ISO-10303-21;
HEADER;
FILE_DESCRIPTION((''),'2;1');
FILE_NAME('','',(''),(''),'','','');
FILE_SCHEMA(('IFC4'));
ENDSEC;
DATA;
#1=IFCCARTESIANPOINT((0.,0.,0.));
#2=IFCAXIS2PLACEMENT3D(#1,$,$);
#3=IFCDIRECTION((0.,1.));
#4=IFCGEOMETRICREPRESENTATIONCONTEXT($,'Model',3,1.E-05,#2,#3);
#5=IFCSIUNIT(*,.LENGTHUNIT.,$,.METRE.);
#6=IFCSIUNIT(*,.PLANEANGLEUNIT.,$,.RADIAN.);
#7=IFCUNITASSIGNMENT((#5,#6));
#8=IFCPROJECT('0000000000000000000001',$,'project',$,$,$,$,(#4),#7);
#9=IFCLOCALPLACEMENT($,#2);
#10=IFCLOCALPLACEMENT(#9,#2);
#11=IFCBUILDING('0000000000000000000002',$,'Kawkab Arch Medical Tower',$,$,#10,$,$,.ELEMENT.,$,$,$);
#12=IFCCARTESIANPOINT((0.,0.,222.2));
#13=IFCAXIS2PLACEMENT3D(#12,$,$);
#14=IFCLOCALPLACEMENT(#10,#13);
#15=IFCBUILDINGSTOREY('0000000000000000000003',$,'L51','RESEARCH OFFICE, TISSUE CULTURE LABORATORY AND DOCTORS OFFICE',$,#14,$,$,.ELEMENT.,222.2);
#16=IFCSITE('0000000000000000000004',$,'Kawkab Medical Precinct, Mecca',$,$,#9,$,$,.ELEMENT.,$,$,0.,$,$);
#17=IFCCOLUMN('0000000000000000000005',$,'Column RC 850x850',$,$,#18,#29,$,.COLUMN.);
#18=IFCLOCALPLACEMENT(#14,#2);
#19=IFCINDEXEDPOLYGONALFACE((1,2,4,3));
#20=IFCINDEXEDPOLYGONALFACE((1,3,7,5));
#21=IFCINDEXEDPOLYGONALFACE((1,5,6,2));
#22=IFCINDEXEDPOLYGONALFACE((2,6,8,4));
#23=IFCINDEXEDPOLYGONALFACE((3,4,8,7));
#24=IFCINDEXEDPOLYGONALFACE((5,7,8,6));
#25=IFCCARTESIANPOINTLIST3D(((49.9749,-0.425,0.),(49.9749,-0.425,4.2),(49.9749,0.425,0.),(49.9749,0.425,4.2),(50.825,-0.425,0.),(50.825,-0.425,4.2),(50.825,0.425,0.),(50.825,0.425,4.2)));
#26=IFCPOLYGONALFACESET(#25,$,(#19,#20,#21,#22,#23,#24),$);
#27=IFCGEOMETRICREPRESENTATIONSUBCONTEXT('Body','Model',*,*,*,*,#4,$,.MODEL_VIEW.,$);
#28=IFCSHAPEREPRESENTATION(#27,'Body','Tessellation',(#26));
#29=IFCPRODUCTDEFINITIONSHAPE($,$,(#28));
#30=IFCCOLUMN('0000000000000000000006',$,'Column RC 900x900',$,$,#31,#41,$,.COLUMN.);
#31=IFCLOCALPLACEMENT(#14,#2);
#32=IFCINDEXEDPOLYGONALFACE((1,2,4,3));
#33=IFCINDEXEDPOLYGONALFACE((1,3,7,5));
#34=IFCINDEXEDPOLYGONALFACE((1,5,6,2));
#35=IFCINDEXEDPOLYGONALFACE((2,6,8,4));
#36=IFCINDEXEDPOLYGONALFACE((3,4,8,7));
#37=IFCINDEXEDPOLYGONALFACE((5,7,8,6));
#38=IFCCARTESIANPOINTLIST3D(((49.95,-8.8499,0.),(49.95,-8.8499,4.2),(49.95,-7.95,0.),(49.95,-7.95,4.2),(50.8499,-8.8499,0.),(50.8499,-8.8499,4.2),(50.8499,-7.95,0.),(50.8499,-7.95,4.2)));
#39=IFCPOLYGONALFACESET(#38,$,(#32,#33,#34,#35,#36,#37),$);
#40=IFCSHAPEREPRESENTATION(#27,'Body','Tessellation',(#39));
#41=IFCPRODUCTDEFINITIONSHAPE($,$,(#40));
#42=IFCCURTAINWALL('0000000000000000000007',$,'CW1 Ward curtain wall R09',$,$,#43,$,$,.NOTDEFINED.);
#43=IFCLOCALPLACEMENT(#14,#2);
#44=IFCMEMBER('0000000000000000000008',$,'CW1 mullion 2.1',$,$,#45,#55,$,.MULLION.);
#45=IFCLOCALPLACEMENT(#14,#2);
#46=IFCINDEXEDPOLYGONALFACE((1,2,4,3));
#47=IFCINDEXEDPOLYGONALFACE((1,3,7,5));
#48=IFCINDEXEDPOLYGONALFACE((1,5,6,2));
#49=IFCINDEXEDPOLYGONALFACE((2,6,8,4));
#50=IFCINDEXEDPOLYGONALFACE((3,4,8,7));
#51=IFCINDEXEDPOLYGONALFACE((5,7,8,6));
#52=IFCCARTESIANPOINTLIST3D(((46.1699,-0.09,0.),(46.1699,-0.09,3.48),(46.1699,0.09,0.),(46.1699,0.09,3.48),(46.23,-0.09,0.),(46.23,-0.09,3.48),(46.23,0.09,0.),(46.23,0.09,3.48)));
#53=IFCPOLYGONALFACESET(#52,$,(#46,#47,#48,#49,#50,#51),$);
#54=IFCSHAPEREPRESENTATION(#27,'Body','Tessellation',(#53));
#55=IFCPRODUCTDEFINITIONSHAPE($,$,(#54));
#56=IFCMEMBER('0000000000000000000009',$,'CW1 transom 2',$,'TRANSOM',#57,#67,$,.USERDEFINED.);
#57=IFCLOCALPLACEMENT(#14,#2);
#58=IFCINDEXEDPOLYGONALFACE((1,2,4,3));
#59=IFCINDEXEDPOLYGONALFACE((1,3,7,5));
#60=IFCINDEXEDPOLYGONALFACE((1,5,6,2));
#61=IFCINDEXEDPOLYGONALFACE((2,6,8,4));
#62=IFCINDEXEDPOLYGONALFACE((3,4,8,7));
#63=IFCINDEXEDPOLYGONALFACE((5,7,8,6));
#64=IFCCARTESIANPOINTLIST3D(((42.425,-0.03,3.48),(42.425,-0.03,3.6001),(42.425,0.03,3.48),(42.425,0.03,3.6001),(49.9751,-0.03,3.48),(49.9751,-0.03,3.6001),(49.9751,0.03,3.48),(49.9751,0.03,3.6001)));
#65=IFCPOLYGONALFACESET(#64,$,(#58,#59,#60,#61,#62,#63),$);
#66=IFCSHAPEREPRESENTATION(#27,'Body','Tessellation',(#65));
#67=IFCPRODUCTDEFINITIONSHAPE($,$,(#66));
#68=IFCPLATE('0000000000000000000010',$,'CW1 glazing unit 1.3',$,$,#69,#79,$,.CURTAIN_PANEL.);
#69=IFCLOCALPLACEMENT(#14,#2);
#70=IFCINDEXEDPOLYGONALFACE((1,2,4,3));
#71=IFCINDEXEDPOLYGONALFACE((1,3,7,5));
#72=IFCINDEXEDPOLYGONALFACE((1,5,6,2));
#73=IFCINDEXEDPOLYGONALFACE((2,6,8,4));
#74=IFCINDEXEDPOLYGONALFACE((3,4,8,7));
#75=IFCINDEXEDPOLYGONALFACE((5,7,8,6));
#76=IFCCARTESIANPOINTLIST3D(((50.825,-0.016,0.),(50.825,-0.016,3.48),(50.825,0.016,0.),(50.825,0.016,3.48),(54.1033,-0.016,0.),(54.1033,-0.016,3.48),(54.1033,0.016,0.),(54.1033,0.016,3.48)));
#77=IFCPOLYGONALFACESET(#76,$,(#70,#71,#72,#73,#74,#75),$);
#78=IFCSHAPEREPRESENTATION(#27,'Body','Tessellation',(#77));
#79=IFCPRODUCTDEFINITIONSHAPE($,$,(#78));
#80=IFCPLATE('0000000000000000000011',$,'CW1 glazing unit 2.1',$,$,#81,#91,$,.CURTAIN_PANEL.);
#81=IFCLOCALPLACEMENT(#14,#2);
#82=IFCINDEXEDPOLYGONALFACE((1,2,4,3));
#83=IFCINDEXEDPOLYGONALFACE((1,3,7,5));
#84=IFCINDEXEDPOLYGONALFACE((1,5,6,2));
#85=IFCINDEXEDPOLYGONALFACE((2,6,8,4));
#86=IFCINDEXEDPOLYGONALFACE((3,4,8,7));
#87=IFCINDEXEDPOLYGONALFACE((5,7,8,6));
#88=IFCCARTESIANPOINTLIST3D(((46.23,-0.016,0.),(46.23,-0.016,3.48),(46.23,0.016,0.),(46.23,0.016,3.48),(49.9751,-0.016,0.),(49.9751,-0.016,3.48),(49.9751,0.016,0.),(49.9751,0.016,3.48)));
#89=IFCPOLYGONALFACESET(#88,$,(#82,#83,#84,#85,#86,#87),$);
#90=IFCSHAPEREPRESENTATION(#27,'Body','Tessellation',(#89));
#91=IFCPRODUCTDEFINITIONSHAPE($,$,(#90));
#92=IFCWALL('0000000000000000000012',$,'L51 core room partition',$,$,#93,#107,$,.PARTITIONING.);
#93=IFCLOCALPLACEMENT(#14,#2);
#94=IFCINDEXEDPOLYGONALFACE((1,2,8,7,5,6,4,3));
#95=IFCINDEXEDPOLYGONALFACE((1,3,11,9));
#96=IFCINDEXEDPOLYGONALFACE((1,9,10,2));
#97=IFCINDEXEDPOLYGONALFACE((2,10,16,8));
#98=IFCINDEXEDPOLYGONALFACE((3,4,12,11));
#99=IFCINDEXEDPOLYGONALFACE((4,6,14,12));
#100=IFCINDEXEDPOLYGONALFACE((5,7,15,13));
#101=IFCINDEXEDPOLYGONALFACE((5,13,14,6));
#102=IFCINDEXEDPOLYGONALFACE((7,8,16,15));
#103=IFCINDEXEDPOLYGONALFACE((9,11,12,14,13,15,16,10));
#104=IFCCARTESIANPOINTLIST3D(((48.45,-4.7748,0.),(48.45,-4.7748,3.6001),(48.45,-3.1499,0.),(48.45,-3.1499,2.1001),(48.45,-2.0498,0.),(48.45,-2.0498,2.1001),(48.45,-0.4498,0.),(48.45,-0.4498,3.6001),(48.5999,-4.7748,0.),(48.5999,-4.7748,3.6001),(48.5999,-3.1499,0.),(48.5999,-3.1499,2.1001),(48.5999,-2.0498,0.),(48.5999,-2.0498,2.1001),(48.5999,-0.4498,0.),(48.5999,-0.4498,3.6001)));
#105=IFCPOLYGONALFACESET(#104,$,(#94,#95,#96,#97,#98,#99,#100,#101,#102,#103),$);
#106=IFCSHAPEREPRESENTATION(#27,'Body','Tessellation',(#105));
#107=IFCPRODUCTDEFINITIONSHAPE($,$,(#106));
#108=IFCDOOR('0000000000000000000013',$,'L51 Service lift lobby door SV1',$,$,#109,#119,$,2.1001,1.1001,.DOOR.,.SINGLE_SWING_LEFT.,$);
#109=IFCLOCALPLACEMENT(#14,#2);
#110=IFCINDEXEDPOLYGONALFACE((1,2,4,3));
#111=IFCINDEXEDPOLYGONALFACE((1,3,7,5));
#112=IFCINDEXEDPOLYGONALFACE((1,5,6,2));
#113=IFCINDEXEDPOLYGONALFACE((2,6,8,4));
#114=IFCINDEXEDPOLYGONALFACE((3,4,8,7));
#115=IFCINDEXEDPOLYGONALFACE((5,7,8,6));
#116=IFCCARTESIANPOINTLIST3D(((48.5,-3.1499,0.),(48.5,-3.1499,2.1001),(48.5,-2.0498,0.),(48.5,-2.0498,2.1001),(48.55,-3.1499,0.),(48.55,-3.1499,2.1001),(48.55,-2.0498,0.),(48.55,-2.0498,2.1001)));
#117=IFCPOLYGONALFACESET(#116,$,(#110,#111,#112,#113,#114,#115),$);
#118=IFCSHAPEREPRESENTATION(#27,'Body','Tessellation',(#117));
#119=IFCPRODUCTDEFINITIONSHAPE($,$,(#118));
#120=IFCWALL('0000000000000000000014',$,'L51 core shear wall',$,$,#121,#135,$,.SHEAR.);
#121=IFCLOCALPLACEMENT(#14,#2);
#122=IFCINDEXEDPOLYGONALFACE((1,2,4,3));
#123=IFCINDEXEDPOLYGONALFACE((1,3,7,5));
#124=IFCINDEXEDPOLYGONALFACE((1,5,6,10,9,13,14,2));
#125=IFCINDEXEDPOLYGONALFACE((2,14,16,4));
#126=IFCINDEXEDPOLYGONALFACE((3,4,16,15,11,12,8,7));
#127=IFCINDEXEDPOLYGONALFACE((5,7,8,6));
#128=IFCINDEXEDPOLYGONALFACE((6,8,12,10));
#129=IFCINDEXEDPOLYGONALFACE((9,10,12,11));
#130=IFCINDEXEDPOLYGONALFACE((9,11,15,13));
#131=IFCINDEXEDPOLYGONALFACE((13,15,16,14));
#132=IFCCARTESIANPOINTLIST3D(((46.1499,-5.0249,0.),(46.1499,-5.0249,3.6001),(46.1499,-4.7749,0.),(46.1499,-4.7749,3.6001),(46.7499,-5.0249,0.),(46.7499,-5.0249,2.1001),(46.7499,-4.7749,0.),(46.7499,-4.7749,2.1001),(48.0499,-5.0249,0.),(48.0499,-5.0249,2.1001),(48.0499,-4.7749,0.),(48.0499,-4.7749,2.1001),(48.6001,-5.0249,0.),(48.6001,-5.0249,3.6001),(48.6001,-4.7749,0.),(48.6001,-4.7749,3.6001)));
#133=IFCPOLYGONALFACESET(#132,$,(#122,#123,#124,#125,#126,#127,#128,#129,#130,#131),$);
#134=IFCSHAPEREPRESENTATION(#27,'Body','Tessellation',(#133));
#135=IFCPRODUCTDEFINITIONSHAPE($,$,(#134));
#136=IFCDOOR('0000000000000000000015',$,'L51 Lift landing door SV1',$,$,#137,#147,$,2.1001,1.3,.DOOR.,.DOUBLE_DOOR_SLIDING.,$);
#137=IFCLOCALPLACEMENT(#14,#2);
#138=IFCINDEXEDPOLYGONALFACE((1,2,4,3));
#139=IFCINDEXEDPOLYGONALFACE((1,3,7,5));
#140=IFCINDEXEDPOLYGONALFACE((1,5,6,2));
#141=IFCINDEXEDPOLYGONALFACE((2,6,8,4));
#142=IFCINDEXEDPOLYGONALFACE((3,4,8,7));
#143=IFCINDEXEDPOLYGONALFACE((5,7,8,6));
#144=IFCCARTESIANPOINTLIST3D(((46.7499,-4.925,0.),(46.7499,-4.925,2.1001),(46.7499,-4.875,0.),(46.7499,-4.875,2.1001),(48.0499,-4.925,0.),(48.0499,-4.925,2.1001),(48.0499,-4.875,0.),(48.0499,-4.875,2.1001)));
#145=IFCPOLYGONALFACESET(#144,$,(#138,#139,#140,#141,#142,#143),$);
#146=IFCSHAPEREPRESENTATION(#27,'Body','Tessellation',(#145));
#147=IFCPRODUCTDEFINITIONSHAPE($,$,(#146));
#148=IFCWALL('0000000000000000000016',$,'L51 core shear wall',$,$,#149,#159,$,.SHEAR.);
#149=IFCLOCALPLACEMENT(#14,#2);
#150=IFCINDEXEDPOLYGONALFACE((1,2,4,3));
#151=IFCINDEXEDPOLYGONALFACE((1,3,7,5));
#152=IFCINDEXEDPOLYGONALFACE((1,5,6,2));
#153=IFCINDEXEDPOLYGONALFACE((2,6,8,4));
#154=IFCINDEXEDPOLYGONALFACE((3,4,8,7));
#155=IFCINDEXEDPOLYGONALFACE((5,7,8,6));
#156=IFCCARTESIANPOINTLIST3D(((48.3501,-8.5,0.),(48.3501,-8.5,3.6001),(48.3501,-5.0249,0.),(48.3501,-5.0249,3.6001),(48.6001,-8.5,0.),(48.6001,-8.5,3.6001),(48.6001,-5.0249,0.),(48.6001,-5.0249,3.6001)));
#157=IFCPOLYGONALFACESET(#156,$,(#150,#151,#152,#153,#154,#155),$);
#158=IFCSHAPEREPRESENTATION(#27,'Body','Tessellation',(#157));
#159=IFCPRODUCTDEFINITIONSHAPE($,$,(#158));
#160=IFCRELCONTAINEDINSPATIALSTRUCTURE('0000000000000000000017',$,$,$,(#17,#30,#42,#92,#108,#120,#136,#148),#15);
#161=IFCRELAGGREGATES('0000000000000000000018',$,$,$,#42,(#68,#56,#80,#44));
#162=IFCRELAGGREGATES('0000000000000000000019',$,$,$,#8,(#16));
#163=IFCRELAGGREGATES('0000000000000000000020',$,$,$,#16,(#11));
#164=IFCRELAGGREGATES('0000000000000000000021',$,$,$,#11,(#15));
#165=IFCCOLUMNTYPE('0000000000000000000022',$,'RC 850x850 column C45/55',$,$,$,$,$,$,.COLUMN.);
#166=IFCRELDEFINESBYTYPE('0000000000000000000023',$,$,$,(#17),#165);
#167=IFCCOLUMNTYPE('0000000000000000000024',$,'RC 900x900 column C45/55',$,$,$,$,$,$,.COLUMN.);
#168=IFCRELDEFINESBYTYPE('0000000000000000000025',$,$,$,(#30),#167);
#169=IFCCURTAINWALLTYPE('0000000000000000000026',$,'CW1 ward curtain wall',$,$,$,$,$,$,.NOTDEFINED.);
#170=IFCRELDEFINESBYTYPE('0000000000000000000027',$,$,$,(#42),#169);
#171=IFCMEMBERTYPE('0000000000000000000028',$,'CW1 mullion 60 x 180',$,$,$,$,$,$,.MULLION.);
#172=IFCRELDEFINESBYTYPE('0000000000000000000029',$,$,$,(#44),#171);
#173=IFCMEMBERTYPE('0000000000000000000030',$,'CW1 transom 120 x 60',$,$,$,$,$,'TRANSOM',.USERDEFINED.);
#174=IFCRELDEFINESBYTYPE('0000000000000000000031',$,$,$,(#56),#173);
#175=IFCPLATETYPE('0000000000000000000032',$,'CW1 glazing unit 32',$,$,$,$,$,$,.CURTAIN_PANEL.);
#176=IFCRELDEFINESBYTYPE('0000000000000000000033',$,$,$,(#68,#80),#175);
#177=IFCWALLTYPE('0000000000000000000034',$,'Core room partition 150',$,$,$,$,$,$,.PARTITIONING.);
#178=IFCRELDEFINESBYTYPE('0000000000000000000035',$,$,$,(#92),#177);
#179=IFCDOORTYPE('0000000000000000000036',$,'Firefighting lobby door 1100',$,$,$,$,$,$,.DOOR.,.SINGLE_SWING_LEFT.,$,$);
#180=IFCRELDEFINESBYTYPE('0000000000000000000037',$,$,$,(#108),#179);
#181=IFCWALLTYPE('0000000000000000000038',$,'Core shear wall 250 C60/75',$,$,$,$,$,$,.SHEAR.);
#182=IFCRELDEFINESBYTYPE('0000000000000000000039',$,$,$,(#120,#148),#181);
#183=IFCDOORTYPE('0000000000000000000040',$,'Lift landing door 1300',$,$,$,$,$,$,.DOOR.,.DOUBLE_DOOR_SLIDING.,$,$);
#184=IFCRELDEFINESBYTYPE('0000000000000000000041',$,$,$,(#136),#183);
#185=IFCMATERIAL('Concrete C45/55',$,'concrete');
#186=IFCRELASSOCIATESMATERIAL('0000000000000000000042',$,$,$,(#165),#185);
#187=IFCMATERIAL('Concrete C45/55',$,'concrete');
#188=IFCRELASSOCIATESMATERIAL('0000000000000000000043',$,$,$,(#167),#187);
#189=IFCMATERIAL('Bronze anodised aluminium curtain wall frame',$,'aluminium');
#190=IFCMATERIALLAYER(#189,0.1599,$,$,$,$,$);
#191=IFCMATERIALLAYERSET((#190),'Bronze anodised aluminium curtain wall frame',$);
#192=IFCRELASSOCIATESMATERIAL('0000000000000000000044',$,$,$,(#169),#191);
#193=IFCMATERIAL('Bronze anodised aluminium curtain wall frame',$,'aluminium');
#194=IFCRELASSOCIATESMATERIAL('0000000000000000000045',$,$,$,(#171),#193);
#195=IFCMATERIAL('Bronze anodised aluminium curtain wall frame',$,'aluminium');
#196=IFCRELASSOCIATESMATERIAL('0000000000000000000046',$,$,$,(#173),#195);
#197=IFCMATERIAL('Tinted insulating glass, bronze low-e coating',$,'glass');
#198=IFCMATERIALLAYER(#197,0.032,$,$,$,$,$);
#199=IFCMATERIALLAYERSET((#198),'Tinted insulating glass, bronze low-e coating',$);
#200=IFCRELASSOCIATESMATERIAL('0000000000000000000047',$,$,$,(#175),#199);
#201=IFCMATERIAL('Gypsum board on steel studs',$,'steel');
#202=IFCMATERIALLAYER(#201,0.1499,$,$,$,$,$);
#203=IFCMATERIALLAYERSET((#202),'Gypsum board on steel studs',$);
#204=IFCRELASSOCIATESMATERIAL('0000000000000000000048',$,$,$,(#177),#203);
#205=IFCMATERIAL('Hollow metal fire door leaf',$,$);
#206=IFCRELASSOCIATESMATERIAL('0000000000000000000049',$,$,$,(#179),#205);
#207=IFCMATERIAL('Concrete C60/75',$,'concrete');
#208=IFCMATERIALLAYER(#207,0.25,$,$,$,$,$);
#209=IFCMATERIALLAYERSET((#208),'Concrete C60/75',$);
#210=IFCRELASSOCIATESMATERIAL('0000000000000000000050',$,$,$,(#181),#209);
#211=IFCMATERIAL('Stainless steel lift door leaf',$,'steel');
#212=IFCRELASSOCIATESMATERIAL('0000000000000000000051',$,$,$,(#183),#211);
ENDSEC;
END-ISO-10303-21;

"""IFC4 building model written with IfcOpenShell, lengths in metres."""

from ifc_helpers import new_model, si_unit, direction, frame, frame_2d, origin, origin_2d, place, context, subcontext, project, spatial, rectangle, extrude, material, layer, layer_set, material_profile, profile_set, type_object, element, fill, aggregate, save


model = new_model("IFC4")

# Units and contexts
model_context = context("Model", 3, precision=1e-05, world=origin(), true_north=direction((0.0, 1.0)))
body_context = subcontext(model_context, "Body", "Model", "MODEL_VIEW")
ifc_project = project(units=[si_unit("LENGTHUNIT", "METRE"), si_unit("PLANEANGLEUNIT", "RADIAN")], contexts=[model_context])

# Site, building, storey
site_placement = place(None, origin())
site = spatial("IfcSite", under=ifc_project, at=site_placement, Name="Kawkab Medical Precinct, Mecca", CompositionType="ELEMENT", RefElevation=0.0)
building_placement = place(site_placement, origin())
building = spatial("IfcBuilding", under=site, at=building_placement, Name="Kawkab Arch Medical Tower", CompositionType="ELEMENT")
storey_placement = place(building_placement, frame((0.0, 0.0, 222.2)))
storey = spatial("IfcBuildingStorey", under=building, at=storey_placement, Name="L51", Description="RESEARCH OFFICE, TISSUE CULTURE LABORATORY AND DOCTORS OFFICE", CompositionType="ELEMENT", Elevation=222.2)

# Columns
ifc_material_1 = material(Name="Concrete C45/55", Category="concrete")
ifc_material_profile_1 = material_profile(ifc_material_1, rectangle(XDim=0.8501, YDim=0.8501, at=origin_2d()), Name="RC 850x850")
ifc_profile_set_1 = profile_set([ifc_material_profile_1], Name="Concrete C45/55")
column_type_1 = type_object("IfcColumnType", Name="RC 850x850 column C45/55", PredefinedType="COLUMN", material=ifc_profile_set_1)
column_1_placement = place(storey_placement, frame((50.3999, 0.0, 0.0), z_axis=(0.0, 0.0, 1.0), x_axis=(1.0, 0.0, 0.0)))
element("IfcColumn", 1, at=column_1_placement, inside=storey, type_object=column_type_1, Name="Column RC 850x850", PredefinedType="COLUMN", context=body_context, shape_type="SweptSolid", body=[
    extrude(rectangle(XDim=0.8501, YDim=0.8501, at=origin_2d()), origin(), (0.0, 0.0, 1.0), 4.2),
])
ifc_material_2 = material(Name="Concrete C45/55", Category="concrete")
ifc_material_profile_2 = material_profile(ifc_material_2, rectangle(XDim=0.8999, YDim=0.8999, at=origin_2d()), Name="RC 900x900")
ifc_profile_set_2 = profile_set([ifc_material_profile_2], Name="Concrete C45/55")
column_type_2 = type_object("IfcColumnType", Name="RC 900x900 column C45/55", PredefinedType="COLUMN", material=ifc_profile_set_2)
column_2_placement = place(storey_placement, frame((50.3999, -8.3999, 0.0), z_axis=(0.0, 0.0, 1.0), x_axis=(1.0, 0.0, 0.0)))
element("IfcColumn", 2, at=column_2_placement, inside=storey, type_object=column_type_2, Name="Column RC 900x900", PredefinedType="COLUMN", context=body_context, shape_type="SweptSolid", body=[
    extrude(rectangle(XDim=0.8999, YDim=0.8999, at=origin_2d()), origin(), (0.0, 0.0, 1.0), 4.2),
])

# Curtain wall, members, plates
ifc_material_3 = material(Name="Bronze anodised aluminium curtain wall frame", Category="aluminium")
ifc_layer_1 = layer(ifc_material_3, 0.1599)
ifc_layer_set_1 = layer_set([ifc_layer_1], Name="Bronze anodised aluminium curtain wall frame")
curtain_wall_type = type_object("IfcCurtainWallType", Name="CW1 ward curtain wall", PredefinedType="NOTDEFINED", material=ifc_layer_set_1)
placement = place(storey_placement, origin())
curtain_wall = element("IfcCurtainWall", 3, at=placement, inside=storey, type_object=curtain_wall_type, Name="CW1 Ward curtain wall R09", PredefinedType="NOTDEFINED")
ifc_material_4 = material(Name="Bronze anodised aluminium curtain wall frame", Category="aluminium")
ifc_material_profile_3 = material_profile(ifc_material_4, rectangle(XDim=0.1799, YDim=0.0601, at=origin_2d()), Name="AL 60x180")
ifc_profile_set_3 = profile_set([ifc_material_profile_3], Name="Bronze anodised aluminium curtain wall frame")
member_type_1 = type_object("IfcMemberType", Name="CW1 mullion 60 x 180", PredefinedType="MULLION", material=ifc_profile_set_3)
member_1_placement = place(storey_placement, frame((46.2, 0.0, 0.0), z_axis=(0.0, 0.0, 1.0), x_axis=(0.0, -1.0, 0.0)))
member_1 = element("IfcMember", 4, at=member_1_placement, type_object=member_type_1, Name="CW1 mullion 2.1", PredefinedType="MULLION", context=body_context, shape_type="SweptSolid", body=[
    extrude(rectangle(XDim=0.1799, YDim=0.0601, at=origin_2d()), origin(), (0.0, 0.0, 1.0), 3.48),
])
ifc_material_5 = material(Name="Bronze anodised aluminium curtain wall frame", Category="aluminium")
ifc_material_profile_4 = material_profile(ifc_material_5, rectangle(XDim=0.0601, YDim=0.1201, at=origin_2d()), Name="AL 60x120")
ifc_profile_set_4 = profile_set([ifc_material_profile_4], Name="Bronze anodised aluminium curtain wall frame")
member_type_2 = type_object("IfcMemberType", Name="CW1 transom 120 x 60", ElementType="TRANSOM", PredefinedType="USERDEFINED", material=ifc_profile_set_4)
member_2_placement = place(storey_placement, frame((49.9751, 0.0, 3.54), z_axis=(-1.0, 0.0, 0.0), x_axis=(0.0, -1.0, 0.0)))
member_2 = element("IfcMember", 5, at=member_2_placement, type_object=member_type_2, Name="CW1 transom 2", ObjectType="TRANSOM", PredefinedType="USERDEFINED", context=body_context, shape_type="SweptSolid", body=[
    extrude(rectangle(XDim=0.0601, YDim=0.1201, at=origin_2d()), origin(), (0.0, 0.0, 1.0), 7.55),
])
ifc_material_6 = material(Name="Tinted insulating glass, bronze low-e coating", Category="glass")
ifc_layer_2 = layer(ifc_material_6, 0.032)
ifc_layer_set_2 = layer_set([ifc_layer_2], Name="Tinted insulating glass, bronze low-e coating")
plate_type = type_object("IfcPlateType", Name="CW1 glazing unit 32", PredefinedType="CURTAIN_PANEL", material=ifc_layer_set_2)
plate_1_placement = place(storey_placement, frame((52.4641, 0.0, 0.0), z_axis=(0.0, 0.0, 1.0), x_axis=(-1.0, 0.0, 0.0)))
plate_1 = element("IfcPlate", 6, at=plate_1_placement, type_object=plate_type, Name="CW1 glazing unit 1.3", PredefinedType="CURTAIN_PANEL", context=body_context, shape_type="SweptSolid", body=[
    extrude(rectangle(XDim=3.2783, YDim=0.032, at=origin_2d()), origin(), (0.0, 0.0, 1.0), 3.48),
])
plate_2_placement = place(storey_placement, frame((48.1025, 0.0, 0.0), z_axis=(0.0, 0.0, 1.0), x_axis=(-1.0, 0.0, 0.0)))
plate_2 = element("IfcPlate", 7, at=plate_2_placement, type_object=plate_type, Name="CW1 glazing unit 2.1", PredefinedType="CURTAIN_PANEL", context=body_context, shape_type="SweptSolid", body=[
    extrude(rectangle(XDim=3.7451, YDim=0.032, at=origin_2d()), origin(), (0.0, 0.0, 1.0), 3.48),
])
aggregate(curtain_wall, [plate_1, member_2, plate_2, member_1])

# Walls, openings, doors
ifc_material_7 = material(Name="Gypsum board on steel studs", Category="steel")
ifc_layer_3 = layer(ifc_material_7, 0.1499)
ifc_layer_set_3 = layer_set([ifc_layer_3], Name="Gypsum board on steel studs")
wall_type_1 = type_object("IfcWallType", Name="Core room partition 150", PredefinedType="PARTITIONING", material=ifc_layer_set_3)
wall_1_placement = place(storey_placement, frame((48.5249, -4.7749, 0.0), z_axis=(0.0, 0.0, 1.0), x_axis=(0.0, 1.0, 0.0)))
wall_1 = element("IfcWall", 8, at=wall_1_placement, inside=storey, type_object=wall_type_1, Name="L51 core room partition", PredefinedType="PARTITIONING", context=body_context, shape_type="SweptSolid", body=[
    extrude(rectangle(XDim=4.325, YDim=0.1499, at=frame_2d((2.1626, 0.0))), origin(), (0.0, 0.0, 1.0), 3.6001),
])
opening_1_placement = place(wall_1_placement, frame((1.625, 0.0, 0.0)))
opening_1 = element("IfcOpeningElement", 9, at=opening_1_placement, cuts=wall_1, PredefinedType="OPENING", context=body_context, shape_type="SweptSolid", body=[
    extrude(rectangle(XDim=1.1001, YDim=2.1001, at=frame_2d((0.55, 1.05))), frame((0.0, 0.085, 0.0), z_axis=(0.0, -1.0, 0.0), x_axis=(1.0, 0.0, 0.0)), (0.0, 0.0, 1.0), 0.1699),
])
ifc_material_8 = material(Name="Hollow metal fire door leaf")
door_type_1 = type_object("IfcDoorType", Name="Firefighting lobby door 1100", OperationType="SINGLE_SWING_LEFT", PredefinedType="DOOR", material=ifc_material_8)
door_1_placement = place(opening_1_placement, origin())
door_1 = element("IfcDoor", 10, at=door_1_placement, inside=storey, type_object=door_type_1, Name="L51 Service lift lobby door SV1", OperationType="SINGLE_SWING_LEFT", OverallHeight=2.1001, OverallWidth=1.1001, PredefinedType="DOOR", context=body_context, shape_type="SweptSolid", body=[
    extrude(rectangle(XDim=1.1001, YDim=2.1001, at=frame_2d((0.55, 1.05))), frame((0.0, 0.0249, 0.0), z_axis=(0.0, -1.0, 0.0), x_axis=(1.0, 0.0, 0.0)), (0.0, 0.0, 1.0), 0.05),
])
fill(opening_1, door_1)
ifc_material_9 = material(Name="Concrete C60/75", Category="concrete")
ifc_layer_4 = layer(ifc_material_9, 0.25)
ifc_layer_set_4 = layer_set([ifc_layer_4], Name="Concrete C60/75")
wall_type_2 = type_object("IfcWallType", Name="Core shear wall 250 C60/75", PredefinedType="SHEAR", material=ifc_layer_set_4)
wall_2_placement = place(storey_placement, frame((46.1499, -4.8999, 0.0), z_axis=(0.0, 0.0, 1.0), x_axis=(1.0, 0.0, 0.0)))
wall_2 = element("IfcWall", 11, at=wall_2_placement, inside=storey, type_object=wall_type_2, Name="L51 core shear wall", PredefinedType="SHEAR", context=body_context, shape_type="SweptSolid", body=[
    extrude(rectangle(XDim=2.4502, YDim=0.25, at=frame_2d((1.2251, 0.0))), origin(), (0.0, 0.0, 1.0), 3.6001),
])
opening_2_placement = place(wall_2_placement, frame((0.6001, 0.0, 0.0)))
opening_2 = element("IfcOpeningElement", 12, at=opening_2_placement, cuts=wall_2, PredefinedType="OPENING", context=body_context, shape_type="SweptSolid", body=[
    extrude(rectangle(XDim=1.3, YDim=2.1001, at=frame_2d((0.6499, 1.05))), frame((0.0, 0.135, 0.0), z_axis=(0.0, -1.0, 0.0), x_axis=(1.0, 0.0, 0.0)), (0.0, 0.0, 1.0), 0.27),
])
ifc_material_10 = material(Name="Stainless steel lift door leaf", Category="steel")
door_type_2 = type_object("IfcDoorType", Name="Lift landing door 1300", OperationType="DOUBLE_DOOR_SLIDING", PredefinedType="DOOR", material=ifc_material_10)
door_2_placement = place(opening_2_placement, origin())
door_2 = element("IfcDoor", 13, at=door_2_placement, inside=storey, type_object=door_type_2, Name="L51 Lift landing door SV1", OperationType="DOUBLE_DOOR_SLIDING", OverallHeight=2.1001, OverallWidth=1.3, PredefinedType="DOOR", context=body_context, shape_type="SweptSolid", body=[
    extrude(rectangle(XDim=1.3, YDim=2.1001, at=frame_2d((0.6499, 1.05))), frame((0.0, 0.0249, 0.0), z_axis=(0.0, -1.0, 0.0), x_axis=(1.0, 0.0, 0.0)), (0.0, 0.0, 1.0), 0.05),
])
fill(opening_2, door_2)

# Wall
wall_3_placement = place(storey_placement, frame((48.4751, -8.5, 0.0), z_axis=(0.0, 0.0, 1.0), x_axis=(0.0, 1.0, 0.0)))
element("IfcWall", 14, at=wall_3_placement, inside=storey, type_object=wall_type_2, Name="L51 core shear wall", PredefinedType="SHEAR", context=body_context, shape_type="SweptSolid", body=[
    extrude(rectangle(XDim=3.4751, YDim=0.25, at=frame_2d((1.7375, 0.0))), origin(), (0.0, 0.0, 1.0), 3.6001),
])

save(model, "model.ifc")
